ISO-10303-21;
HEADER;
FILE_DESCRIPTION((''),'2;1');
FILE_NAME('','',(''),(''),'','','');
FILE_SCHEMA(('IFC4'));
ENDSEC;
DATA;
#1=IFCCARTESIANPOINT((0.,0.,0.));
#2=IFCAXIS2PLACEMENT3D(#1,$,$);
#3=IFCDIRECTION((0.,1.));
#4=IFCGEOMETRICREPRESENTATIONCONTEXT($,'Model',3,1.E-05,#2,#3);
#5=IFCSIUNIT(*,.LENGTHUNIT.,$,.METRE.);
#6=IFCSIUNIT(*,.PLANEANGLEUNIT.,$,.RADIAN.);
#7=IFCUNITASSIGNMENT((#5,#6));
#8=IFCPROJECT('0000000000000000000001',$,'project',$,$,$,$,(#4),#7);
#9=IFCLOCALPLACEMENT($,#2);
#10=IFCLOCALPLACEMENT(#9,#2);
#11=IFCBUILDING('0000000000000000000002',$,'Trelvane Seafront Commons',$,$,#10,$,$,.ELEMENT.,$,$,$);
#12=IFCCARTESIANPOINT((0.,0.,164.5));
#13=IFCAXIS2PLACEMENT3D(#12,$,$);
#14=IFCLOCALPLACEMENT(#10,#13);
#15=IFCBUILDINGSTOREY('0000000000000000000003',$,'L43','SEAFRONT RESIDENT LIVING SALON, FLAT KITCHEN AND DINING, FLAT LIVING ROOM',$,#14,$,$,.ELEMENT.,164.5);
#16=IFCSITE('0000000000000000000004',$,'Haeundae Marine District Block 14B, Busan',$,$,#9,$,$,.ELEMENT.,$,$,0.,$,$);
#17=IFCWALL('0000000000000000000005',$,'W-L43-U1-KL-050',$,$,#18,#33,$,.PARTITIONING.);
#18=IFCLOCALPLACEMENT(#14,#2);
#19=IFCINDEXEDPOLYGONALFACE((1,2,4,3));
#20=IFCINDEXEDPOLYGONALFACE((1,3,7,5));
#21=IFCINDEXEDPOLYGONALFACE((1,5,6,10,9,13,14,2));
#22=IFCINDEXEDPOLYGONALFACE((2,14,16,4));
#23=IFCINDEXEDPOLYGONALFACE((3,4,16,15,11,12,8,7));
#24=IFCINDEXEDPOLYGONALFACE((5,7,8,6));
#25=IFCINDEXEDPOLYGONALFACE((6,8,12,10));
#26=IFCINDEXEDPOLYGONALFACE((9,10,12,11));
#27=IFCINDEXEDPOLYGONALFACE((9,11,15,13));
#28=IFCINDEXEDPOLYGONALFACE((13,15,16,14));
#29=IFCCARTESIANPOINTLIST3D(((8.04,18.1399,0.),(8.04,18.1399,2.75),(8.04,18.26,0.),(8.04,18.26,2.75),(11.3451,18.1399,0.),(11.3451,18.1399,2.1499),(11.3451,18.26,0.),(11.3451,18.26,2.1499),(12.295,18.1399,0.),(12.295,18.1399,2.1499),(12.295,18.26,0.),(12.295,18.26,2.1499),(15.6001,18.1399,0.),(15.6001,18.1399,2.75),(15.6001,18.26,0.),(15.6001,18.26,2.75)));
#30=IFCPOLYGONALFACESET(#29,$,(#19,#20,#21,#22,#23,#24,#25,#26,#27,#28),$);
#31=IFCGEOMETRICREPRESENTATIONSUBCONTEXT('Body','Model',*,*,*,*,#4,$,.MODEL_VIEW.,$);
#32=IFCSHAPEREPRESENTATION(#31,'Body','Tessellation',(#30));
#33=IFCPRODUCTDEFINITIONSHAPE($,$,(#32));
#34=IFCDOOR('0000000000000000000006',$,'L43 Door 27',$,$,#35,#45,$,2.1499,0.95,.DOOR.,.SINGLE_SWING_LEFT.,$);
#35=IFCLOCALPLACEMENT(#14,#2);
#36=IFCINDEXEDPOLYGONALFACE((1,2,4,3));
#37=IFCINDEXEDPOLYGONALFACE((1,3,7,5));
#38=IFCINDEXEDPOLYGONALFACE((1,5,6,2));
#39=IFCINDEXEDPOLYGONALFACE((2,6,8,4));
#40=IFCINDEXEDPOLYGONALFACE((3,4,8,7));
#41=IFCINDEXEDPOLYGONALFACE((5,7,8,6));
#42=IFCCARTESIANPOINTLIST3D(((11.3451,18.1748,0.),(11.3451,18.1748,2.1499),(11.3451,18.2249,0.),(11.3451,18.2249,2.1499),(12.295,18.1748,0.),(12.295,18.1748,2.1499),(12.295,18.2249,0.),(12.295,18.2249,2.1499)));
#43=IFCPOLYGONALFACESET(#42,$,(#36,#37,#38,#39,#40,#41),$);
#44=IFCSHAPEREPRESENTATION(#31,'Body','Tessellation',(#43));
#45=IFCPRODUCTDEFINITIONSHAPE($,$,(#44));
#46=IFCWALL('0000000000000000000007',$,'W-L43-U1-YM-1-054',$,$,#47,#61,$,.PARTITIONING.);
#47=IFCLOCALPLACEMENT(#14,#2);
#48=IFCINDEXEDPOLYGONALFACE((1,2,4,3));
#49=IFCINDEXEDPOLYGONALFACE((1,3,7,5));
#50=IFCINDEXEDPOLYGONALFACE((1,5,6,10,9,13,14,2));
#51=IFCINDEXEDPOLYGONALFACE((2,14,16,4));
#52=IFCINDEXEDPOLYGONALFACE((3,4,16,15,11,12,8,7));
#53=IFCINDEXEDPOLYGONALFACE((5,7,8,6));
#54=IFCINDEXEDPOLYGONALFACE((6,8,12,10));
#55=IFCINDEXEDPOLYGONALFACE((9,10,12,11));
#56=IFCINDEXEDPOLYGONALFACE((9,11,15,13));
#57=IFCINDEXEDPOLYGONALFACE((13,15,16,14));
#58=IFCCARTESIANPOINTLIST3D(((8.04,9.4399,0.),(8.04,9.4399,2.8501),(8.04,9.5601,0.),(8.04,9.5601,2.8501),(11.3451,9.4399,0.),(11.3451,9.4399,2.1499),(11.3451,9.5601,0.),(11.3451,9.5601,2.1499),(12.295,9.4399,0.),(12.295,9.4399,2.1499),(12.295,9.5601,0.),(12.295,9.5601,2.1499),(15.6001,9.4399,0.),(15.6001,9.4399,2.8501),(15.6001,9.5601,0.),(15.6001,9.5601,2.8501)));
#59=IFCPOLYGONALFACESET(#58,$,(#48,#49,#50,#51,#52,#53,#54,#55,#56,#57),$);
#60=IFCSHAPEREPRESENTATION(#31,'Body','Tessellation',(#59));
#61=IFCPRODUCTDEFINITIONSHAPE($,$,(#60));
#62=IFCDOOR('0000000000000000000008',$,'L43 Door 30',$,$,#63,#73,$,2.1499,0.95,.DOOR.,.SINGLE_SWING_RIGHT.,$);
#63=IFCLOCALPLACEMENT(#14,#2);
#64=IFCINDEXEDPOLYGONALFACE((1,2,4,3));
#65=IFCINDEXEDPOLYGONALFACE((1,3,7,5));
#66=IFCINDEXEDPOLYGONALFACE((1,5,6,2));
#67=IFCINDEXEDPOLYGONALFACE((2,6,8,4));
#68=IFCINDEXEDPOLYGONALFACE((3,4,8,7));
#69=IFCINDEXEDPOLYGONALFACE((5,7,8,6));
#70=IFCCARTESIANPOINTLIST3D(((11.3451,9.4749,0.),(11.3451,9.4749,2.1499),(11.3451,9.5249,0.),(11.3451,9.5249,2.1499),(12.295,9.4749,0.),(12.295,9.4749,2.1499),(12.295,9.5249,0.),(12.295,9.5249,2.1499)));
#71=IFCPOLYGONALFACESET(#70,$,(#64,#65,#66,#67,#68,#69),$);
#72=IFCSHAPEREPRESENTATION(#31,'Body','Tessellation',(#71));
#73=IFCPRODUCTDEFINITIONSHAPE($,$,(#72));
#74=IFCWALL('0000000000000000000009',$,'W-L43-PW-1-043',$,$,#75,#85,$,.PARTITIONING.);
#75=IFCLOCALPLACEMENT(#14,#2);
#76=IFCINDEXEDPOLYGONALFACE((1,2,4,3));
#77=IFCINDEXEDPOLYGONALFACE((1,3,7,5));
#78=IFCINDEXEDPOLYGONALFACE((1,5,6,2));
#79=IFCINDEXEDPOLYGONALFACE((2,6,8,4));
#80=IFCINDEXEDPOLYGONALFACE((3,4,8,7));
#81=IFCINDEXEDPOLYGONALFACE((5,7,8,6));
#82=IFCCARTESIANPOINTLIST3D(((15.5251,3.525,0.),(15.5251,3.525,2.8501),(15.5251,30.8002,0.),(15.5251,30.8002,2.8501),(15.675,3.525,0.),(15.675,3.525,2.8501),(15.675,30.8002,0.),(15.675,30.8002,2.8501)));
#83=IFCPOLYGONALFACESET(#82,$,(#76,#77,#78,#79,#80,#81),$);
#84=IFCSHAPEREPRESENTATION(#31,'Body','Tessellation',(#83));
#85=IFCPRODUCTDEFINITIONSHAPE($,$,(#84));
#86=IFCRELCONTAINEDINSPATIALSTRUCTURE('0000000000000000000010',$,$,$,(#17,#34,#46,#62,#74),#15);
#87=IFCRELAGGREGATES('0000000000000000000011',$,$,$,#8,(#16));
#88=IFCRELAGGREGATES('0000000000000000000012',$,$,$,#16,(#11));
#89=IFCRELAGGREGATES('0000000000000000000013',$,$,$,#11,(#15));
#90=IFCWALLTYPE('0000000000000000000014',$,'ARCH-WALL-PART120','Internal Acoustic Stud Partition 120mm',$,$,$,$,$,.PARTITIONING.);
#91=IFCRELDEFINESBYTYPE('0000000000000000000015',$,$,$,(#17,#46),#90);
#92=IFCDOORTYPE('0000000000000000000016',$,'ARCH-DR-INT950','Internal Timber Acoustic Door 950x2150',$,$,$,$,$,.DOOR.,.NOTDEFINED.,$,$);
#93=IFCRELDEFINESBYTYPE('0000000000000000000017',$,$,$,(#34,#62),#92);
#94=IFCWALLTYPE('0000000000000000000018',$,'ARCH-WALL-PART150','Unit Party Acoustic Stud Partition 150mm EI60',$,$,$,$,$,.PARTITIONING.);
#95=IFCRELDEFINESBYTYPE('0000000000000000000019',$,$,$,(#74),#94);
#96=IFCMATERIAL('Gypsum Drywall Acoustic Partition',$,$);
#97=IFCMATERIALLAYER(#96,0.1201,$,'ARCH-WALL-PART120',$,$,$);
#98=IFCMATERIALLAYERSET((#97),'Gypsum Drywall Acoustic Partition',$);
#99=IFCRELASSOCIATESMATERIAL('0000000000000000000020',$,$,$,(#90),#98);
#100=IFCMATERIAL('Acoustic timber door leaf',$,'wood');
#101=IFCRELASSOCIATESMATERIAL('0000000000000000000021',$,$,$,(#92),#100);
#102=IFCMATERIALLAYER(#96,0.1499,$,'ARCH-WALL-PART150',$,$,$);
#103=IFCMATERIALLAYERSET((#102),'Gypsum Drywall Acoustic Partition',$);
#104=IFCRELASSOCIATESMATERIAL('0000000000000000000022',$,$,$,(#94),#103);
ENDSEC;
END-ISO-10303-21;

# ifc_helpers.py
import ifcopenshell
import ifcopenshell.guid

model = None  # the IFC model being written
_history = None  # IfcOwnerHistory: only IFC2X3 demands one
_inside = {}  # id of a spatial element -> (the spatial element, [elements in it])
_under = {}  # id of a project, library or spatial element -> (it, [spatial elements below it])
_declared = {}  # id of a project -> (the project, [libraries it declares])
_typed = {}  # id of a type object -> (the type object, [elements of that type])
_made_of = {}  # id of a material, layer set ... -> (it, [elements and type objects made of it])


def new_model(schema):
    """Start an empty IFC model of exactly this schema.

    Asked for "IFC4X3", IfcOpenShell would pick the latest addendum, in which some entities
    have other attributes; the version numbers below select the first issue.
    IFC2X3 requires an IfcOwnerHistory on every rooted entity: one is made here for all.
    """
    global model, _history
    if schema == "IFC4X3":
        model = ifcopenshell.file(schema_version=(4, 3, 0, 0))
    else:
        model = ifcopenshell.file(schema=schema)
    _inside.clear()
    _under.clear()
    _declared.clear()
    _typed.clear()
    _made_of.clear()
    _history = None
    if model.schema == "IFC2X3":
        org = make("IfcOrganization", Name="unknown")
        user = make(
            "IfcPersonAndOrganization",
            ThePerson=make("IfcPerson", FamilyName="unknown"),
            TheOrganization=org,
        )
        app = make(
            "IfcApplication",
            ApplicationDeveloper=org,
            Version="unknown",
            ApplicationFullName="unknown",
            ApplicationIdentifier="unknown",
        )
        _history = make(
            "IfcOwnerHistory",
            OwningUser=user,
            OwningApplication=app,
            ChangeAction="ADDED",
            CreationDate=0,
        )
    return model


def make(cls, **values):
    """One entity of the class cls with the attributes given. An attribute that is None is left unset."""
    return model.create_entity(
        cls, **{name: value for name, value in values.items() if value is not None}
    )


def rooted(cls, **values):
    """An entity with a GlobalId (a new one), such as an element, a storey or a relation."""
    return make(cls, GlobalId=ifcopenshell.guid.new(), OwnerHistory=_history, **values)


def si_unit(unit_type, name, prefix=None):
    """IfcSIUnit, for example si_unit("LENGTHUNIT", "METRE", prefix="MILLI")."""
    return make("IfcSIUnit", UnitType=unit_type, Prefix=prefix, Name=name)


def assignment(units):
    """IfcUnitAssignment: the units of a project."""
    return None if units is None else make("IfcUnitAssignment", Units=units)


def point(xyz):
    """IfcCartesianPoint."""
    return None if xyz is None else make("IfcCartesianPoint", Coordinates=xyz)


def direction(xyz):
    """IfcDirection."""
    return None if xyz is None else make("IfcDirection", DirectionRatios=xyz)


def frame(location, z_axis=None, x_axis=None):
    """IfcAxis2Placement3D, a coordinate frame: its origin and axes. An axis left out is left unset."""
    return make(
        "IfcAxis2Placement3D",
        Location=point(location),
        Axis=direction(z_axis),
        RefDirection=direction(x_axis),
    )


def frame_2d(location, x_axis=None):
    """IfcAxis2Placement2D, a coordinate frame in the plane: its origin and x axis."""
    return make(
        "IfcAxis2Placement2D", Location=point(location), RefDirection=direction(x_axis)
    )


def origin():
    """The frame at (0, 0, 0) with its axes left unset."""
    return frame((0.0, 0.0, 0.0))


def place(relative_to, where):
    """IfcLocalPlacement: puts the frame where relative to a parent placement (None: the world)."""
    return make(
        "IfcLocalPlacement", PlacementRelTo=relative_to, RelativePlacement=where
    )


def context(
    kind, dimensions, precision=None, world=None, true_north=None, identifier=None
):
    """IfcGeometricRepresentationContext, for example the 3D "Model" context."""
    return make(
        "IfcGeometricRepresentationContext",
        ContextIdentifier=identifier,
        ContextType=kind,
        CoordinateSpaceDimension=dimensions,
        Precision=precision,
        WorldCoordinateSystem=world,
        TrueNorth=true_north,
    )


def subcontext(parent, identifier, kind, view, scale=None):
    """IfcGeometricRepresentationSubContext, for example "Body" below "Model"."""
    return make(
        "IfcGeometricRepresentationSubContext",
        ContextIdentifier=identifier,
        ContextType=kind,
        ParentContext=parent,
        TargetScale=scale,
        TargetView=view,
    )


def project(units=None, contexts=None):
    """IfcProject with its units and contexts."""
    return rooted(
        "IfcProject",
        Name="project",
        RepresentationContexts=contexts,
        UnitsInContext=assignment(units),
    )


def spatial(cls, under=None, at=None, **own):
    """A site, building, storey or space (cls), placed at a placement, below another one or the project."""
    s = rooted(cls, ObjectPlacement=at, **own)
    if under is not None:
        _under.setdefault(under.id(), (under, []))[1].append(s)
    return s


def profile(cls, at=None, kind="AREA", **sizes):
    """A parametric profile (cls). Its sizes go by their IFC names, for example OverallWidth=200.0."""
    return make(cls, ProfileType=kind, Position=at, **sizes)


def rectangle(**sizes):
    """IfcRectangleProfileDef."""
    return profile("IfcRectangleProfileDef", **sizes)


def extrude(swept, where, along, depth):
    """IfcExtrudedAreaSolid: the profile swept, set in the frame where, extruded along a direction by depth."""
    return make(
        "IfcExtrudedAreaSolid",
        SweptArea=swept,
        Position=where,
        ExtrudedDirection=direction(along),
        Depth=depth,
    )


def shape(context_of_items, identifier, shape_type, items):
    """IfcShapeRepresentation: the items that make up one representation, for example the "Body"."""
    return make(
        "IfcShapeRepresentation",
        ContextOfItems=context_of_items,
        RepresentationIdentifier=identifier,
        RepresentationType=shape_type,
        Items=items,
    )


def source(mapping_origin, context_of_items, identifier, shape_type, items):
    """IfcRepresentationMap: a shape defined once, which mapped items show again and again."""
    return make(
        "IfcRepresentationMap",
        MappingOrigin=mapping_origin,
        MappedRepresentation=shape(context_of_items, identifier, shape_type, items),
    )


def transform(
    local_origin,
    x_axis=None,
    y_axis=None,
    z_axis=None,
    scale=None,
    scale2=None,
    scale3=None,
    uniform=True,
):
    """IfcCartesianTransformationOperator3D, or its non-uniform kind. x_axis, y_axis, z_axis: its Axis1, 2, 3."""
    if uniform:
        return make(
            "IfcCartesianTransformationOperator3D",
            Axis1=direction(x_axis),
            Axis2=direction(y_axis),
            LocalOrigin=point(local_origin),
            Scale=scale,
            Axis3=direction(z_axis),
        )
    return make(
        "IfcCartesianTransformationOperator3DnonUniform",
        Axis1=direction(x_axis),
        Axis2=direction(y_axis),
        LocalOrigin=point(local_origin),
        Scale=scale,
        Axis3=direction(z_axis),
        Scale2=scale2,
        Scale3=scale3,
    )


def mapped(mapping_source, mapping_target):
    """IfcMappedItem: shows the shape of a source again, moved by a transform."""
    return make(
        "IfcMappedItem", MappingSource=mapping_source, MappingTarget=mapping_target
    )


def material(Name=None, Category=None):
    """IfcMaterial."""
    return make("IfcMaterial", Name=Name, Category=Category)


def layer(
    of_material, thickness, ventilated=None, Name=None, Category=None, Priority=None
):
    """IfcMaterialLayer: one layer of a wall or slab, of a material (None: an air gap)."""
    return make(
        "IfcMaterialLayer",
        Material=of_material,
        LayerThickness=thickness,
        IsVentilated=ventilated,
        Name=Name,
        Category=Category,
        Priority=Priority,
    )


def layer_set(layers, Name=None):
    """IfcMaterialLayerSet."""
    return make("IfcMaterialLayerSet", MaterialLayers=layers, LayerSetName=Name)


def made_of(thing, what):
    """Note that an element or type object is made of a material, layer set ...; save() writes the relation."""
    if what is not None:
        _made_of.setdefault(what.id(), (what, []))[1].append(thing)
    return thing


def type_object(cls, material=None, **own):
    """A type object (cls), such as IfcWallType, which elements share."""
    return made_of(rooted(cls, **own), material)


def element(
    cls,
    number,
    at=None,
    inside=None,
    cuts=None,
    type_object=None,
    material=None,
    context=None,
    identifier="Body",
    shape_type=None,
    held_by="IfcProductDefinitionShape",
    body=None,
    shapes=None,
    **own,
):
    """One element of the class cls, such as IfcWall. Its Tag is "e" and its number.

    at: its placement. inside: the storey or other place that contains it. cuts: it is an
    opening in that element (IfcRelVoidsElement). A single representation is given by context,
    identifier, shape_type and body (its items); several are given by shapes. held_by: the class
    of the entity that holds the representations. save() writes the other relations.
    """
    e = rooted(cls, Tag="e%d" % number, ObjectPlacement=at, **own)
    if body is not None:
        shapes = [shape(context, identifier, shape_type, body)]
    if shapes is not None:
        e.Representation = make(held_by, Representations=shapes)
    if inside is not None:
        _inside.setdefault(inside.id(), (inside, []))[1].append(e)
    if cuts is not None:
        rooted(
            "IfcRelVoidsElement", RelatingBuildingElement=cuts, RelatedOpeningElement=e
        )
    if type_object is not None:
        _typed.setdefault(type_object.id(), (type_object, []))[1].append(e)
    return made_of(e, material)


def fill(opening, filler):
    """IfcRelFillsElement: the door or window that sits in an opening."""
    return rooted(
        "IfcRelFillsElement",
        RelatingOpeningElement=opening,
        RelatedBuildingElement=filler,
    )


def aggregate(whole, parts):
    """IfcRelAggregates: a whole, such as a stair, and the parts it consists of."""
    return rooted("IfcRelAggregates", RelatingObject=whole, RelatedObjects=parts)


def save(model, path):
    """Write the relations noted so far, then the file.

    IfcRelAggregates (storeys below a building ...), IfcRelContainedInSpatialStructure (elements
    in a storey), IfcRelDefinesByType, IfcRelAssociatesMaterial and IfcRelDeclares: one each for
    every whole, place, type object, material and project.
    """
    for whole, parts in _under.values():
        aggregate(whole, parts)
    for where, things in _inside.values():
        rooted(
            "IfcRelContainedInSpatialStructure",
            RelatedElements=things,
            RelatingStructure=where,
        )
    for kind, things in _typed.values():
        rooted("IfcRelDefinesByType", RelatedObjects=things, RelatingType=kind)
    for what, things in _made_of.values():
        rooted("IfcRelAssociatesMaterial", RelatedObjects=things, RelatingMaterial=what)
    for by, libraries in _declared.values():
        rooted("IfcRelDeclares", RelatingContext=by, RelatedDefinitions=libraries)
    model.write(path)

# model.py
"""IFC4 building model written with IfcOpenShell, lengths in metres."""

from ifc_helpers import new_model, si_unit, direction, frame, frame_2d, origin, place, context, subcontext, project, spatial, rectangle, extrude, source, transform, mapped, material, layer, layer_set, type_object, element, fill, save


model = new_model("IFC4")

# Units and contexts
model_context = context("Model", 3, precision=1e-05, world=origin(), true_north=direction((0.0, 1.0)))
body_context = subcontext(model_context, "Body", "Model", "MODEL_VIEW")
ifc_project = project(units=[si_unit("LENGTHUNIT", "METRE"), si_unit("PLANEANGLEUNIT", "RADIAN")], contexts=[model_context])

# Site, building, storey
site_placement = place(None, origin())
site = spatial("IfcSite", under=ifc_project, at=site_placement, Name="Haeundae Marine District Block 14B, Busan", CompositionType="ELEMENT", RefElevation=0.0)
building_placement = place(site_placement, origin())
building = spatial("IfcBuilding", under=site, at=building_placement, Name="Trelvane Seafront Commons", CompositionType="ELEMENT")
storey_placement = place(building_placement, frame((0.0, 0.0, 164.5)))
storey = spatial("IfcBuildingStorey", under=building, at=storey_placement, Name="L43", Description="SEAFRONT RESIDENT LIVING SALON, FLAT KITCHEN AND DINING, FLAT LIVING ROOM", CompositionType="ELEMENT", Elevation=164.5)

# Walls, openings, doors
ifc_material_1 = material(Name="Gypsum Drywall Acoustic Partition")
ifc_layer_1 = layer(ifc_material_1, 0.1201, Name="ARCH-WALL-PART120")
ifc_layer_set_1 = layer_set([ifc_layer_1], Name="Gypsum Drywall Acoustic Partition")
wall_type_1 = type_object("IfcWallType", Name="ARCH-WALL-PART120", Description="Internal Acoustic Stud Partition 120mm", PredefinedType="PARTITIONING", material=ifc_layer_set_1)
wall_1_placement = place(storey_placement, frame((8.04, 18.2, 0.0), z_axis=(0.0, 0.0, 1.0), x_axis=(1.0, 0.0, 0.0)))
wall_1 = element("IfcWall", 1, at=wall_1_placement, inside=storey, type_object=wall_type_1, Name="W-L43-U1-KL-050", PredefinedType="PARTITIONING", context=body_context, shape_type="SweptSolid", body=[
    extrude(rectangle(XDim=7.5601, YDim=0.1201, at=frame_2d((3.78, 0.0))), origin(), (0.0, 0.0, 1.0), 2.75),
])
opening_1_placement = place(wall_1_placement, frame((3.3049, 0.0, 0.0)))
opening_1 = element("IfcOpeningElement", 2, at=opening_1_placement, cuts=wall_1, PredefinedType="OPENING", context=body_context, shape_type="SweptSolid", body=[
    extrude(rectangle(XDim=0.95, YDim=2.1499, at=frame_2d((0.4751, 1.075))), frame((0.0, 0.0701, 0.0), z_axis=(0.0, -1.0, 0.0), x_axis=(1.0, 0.0, 0.0)), (0.0, 0.0, 1.0), 0.1401),
])
ifc_material_2 = material(Name="Acoustic timber door leaf", Category="wood")
door_type = type_object("IfcDoorType", Name="ARCH-DR-INT950", Description="Internal Timber Acoustic Door 950x2150", OperationType="NOTDEFINED", PredefinedType="DOOR", material=ifc_material_2)
shared_shape_1 = source(origin(), body_context, "Body", "SweptSolid", [
    extrude(rectangle(XDim=0.95, YDim=2.1499, at=frame_2d((0.4751, 1.075))), frame((0.0, 0.0249, 0.0), z_axis=(0.0, -1.0, 0.0), x_axis=(1.0, 0.0, 0.0)), (0.0, 0.0, 1.0), 0.05),
])
door_1_placement = place(opening_1_placement, origin())
door_1 = element("IfcDoor", 3, at=door_1_placement, inside=storey, type_object=door_type, Name="L43 Door 27", OperationType="SINGLE_SWING_LEFT", OverallHeight=2.1499, OverallWidth=0.95, PredefinedType="DOOR", context=body_context, shape_type="MappedRepresentation", body=[
    mapped(shared_shape_1, transform((0.0, 0.0, 0.0), x_axis=(1.0, 0.0, 0.0), y_axis=(0.0, 1.0, 0.0), z_axis=(0.0, 0.0, 1.0), scale=1.0)),
])
fill(opening_1, door_1)
wall_2_placement = place(storey_placement, frame((8.04, 9.5, 0.0), z_axis=(0.0, 0.0, 1.0), x_axis=(1.0, 0.0, 0.0)))
wall_2 = element("IfcWall", 4, at=wall_2_placement, inside=storey, type_object=wall_type_1, Name="W-L43-U1-YM-1-054", PredefinedType="PARTITIONING", context=body_context, shape_type="SweptSolid", body=[
    extrude(rectangle(XDim=7.5601, YDim=0.1201, at=frame_2d((3.78, 0.0))), origin(), (0.0, 0.0, 1.0), 2.8501),
])
opening_2_placement = place(wall_2_placement, frame((3.3049, 0.0, 0.0)))
opening_2 = element("IfcOpeningElement", 5, at=opening_2_placement, cuts=wall_2, PredefinedType="OPENING", context=body_context, shape_type="SweptSolid", body=[
    extrude(rectangle(XDim=0.95, YDim=2.1499, at=frame_2d((0.4751, 1.075))), frame((0.0, 0.0701, 0.0), z_axis=(0.0, -1.0, 0.0), x_axis=(1.0, 0.0, 0.0)), (0.0, 0.0, 1.0), 0.1401),
])
door_2_placement = place(opening_2_placement, origin())
door_2 = element("IfcDoor", 6, at=door_2_placement, inside=storey, type_object=door_type, Name="L43 Door 30", OperationType="SINGLE_SWING_RIGHT", OverallHeight=2.1499, OverallWidth=0.95, PredefinedType="DOOR", context=body_context, shape_type="MappedRepresentation", body=[
    mapped(shared_shape_1, transform((0.0, 0.0, 0.0), x_axis=(1.0, 0.0, 0.0), y_axis=(0.0, 1.0, 0.0), z_axis=(0.0, 0.0, 1.0), scale=1.0)),
])
fill(opening_2, door_2)

# Wall
ifc_layer_2 = layer(ifc_material_1, 0.1499, Name="ARCH-WALL-PART150")
ifc_layer_set_2 = layer_set([ifc_layer_2], Name="Gypsum Drywall Acoustic Partition")
wall_type_2 = type_object("IfcWallType", Name="ARCH-WALL-PART150", Description="Unit Party Acoustic Stud Partition 150mm EI60", PredefinedType="PARTITIONING", material=ifc_layer_set_2)
wall_3_placement = place(storey_placement, frame((15.6001, 3.5249, 0.0), z_axis=(0.0, 0.0, 1.0), x_axis=(0.0, 1.0, 0.0)))
element("IfcWall", 7, at=wall_3_placement, inside=storey, type_object=wall_type_2, Name="W-L43-PW-1-043", PredefinedType="PARTITIONING", context=body_context, shape_type="SweptSolid", body=[
    extrude(rectangle(XDim=27.2751, YDim=0.1499, at=frame_2d((13.6377, 0.0))), origin(), (0.0, 0.0, 1.0), 2.8501),
])

save(model, "model.ifc")
